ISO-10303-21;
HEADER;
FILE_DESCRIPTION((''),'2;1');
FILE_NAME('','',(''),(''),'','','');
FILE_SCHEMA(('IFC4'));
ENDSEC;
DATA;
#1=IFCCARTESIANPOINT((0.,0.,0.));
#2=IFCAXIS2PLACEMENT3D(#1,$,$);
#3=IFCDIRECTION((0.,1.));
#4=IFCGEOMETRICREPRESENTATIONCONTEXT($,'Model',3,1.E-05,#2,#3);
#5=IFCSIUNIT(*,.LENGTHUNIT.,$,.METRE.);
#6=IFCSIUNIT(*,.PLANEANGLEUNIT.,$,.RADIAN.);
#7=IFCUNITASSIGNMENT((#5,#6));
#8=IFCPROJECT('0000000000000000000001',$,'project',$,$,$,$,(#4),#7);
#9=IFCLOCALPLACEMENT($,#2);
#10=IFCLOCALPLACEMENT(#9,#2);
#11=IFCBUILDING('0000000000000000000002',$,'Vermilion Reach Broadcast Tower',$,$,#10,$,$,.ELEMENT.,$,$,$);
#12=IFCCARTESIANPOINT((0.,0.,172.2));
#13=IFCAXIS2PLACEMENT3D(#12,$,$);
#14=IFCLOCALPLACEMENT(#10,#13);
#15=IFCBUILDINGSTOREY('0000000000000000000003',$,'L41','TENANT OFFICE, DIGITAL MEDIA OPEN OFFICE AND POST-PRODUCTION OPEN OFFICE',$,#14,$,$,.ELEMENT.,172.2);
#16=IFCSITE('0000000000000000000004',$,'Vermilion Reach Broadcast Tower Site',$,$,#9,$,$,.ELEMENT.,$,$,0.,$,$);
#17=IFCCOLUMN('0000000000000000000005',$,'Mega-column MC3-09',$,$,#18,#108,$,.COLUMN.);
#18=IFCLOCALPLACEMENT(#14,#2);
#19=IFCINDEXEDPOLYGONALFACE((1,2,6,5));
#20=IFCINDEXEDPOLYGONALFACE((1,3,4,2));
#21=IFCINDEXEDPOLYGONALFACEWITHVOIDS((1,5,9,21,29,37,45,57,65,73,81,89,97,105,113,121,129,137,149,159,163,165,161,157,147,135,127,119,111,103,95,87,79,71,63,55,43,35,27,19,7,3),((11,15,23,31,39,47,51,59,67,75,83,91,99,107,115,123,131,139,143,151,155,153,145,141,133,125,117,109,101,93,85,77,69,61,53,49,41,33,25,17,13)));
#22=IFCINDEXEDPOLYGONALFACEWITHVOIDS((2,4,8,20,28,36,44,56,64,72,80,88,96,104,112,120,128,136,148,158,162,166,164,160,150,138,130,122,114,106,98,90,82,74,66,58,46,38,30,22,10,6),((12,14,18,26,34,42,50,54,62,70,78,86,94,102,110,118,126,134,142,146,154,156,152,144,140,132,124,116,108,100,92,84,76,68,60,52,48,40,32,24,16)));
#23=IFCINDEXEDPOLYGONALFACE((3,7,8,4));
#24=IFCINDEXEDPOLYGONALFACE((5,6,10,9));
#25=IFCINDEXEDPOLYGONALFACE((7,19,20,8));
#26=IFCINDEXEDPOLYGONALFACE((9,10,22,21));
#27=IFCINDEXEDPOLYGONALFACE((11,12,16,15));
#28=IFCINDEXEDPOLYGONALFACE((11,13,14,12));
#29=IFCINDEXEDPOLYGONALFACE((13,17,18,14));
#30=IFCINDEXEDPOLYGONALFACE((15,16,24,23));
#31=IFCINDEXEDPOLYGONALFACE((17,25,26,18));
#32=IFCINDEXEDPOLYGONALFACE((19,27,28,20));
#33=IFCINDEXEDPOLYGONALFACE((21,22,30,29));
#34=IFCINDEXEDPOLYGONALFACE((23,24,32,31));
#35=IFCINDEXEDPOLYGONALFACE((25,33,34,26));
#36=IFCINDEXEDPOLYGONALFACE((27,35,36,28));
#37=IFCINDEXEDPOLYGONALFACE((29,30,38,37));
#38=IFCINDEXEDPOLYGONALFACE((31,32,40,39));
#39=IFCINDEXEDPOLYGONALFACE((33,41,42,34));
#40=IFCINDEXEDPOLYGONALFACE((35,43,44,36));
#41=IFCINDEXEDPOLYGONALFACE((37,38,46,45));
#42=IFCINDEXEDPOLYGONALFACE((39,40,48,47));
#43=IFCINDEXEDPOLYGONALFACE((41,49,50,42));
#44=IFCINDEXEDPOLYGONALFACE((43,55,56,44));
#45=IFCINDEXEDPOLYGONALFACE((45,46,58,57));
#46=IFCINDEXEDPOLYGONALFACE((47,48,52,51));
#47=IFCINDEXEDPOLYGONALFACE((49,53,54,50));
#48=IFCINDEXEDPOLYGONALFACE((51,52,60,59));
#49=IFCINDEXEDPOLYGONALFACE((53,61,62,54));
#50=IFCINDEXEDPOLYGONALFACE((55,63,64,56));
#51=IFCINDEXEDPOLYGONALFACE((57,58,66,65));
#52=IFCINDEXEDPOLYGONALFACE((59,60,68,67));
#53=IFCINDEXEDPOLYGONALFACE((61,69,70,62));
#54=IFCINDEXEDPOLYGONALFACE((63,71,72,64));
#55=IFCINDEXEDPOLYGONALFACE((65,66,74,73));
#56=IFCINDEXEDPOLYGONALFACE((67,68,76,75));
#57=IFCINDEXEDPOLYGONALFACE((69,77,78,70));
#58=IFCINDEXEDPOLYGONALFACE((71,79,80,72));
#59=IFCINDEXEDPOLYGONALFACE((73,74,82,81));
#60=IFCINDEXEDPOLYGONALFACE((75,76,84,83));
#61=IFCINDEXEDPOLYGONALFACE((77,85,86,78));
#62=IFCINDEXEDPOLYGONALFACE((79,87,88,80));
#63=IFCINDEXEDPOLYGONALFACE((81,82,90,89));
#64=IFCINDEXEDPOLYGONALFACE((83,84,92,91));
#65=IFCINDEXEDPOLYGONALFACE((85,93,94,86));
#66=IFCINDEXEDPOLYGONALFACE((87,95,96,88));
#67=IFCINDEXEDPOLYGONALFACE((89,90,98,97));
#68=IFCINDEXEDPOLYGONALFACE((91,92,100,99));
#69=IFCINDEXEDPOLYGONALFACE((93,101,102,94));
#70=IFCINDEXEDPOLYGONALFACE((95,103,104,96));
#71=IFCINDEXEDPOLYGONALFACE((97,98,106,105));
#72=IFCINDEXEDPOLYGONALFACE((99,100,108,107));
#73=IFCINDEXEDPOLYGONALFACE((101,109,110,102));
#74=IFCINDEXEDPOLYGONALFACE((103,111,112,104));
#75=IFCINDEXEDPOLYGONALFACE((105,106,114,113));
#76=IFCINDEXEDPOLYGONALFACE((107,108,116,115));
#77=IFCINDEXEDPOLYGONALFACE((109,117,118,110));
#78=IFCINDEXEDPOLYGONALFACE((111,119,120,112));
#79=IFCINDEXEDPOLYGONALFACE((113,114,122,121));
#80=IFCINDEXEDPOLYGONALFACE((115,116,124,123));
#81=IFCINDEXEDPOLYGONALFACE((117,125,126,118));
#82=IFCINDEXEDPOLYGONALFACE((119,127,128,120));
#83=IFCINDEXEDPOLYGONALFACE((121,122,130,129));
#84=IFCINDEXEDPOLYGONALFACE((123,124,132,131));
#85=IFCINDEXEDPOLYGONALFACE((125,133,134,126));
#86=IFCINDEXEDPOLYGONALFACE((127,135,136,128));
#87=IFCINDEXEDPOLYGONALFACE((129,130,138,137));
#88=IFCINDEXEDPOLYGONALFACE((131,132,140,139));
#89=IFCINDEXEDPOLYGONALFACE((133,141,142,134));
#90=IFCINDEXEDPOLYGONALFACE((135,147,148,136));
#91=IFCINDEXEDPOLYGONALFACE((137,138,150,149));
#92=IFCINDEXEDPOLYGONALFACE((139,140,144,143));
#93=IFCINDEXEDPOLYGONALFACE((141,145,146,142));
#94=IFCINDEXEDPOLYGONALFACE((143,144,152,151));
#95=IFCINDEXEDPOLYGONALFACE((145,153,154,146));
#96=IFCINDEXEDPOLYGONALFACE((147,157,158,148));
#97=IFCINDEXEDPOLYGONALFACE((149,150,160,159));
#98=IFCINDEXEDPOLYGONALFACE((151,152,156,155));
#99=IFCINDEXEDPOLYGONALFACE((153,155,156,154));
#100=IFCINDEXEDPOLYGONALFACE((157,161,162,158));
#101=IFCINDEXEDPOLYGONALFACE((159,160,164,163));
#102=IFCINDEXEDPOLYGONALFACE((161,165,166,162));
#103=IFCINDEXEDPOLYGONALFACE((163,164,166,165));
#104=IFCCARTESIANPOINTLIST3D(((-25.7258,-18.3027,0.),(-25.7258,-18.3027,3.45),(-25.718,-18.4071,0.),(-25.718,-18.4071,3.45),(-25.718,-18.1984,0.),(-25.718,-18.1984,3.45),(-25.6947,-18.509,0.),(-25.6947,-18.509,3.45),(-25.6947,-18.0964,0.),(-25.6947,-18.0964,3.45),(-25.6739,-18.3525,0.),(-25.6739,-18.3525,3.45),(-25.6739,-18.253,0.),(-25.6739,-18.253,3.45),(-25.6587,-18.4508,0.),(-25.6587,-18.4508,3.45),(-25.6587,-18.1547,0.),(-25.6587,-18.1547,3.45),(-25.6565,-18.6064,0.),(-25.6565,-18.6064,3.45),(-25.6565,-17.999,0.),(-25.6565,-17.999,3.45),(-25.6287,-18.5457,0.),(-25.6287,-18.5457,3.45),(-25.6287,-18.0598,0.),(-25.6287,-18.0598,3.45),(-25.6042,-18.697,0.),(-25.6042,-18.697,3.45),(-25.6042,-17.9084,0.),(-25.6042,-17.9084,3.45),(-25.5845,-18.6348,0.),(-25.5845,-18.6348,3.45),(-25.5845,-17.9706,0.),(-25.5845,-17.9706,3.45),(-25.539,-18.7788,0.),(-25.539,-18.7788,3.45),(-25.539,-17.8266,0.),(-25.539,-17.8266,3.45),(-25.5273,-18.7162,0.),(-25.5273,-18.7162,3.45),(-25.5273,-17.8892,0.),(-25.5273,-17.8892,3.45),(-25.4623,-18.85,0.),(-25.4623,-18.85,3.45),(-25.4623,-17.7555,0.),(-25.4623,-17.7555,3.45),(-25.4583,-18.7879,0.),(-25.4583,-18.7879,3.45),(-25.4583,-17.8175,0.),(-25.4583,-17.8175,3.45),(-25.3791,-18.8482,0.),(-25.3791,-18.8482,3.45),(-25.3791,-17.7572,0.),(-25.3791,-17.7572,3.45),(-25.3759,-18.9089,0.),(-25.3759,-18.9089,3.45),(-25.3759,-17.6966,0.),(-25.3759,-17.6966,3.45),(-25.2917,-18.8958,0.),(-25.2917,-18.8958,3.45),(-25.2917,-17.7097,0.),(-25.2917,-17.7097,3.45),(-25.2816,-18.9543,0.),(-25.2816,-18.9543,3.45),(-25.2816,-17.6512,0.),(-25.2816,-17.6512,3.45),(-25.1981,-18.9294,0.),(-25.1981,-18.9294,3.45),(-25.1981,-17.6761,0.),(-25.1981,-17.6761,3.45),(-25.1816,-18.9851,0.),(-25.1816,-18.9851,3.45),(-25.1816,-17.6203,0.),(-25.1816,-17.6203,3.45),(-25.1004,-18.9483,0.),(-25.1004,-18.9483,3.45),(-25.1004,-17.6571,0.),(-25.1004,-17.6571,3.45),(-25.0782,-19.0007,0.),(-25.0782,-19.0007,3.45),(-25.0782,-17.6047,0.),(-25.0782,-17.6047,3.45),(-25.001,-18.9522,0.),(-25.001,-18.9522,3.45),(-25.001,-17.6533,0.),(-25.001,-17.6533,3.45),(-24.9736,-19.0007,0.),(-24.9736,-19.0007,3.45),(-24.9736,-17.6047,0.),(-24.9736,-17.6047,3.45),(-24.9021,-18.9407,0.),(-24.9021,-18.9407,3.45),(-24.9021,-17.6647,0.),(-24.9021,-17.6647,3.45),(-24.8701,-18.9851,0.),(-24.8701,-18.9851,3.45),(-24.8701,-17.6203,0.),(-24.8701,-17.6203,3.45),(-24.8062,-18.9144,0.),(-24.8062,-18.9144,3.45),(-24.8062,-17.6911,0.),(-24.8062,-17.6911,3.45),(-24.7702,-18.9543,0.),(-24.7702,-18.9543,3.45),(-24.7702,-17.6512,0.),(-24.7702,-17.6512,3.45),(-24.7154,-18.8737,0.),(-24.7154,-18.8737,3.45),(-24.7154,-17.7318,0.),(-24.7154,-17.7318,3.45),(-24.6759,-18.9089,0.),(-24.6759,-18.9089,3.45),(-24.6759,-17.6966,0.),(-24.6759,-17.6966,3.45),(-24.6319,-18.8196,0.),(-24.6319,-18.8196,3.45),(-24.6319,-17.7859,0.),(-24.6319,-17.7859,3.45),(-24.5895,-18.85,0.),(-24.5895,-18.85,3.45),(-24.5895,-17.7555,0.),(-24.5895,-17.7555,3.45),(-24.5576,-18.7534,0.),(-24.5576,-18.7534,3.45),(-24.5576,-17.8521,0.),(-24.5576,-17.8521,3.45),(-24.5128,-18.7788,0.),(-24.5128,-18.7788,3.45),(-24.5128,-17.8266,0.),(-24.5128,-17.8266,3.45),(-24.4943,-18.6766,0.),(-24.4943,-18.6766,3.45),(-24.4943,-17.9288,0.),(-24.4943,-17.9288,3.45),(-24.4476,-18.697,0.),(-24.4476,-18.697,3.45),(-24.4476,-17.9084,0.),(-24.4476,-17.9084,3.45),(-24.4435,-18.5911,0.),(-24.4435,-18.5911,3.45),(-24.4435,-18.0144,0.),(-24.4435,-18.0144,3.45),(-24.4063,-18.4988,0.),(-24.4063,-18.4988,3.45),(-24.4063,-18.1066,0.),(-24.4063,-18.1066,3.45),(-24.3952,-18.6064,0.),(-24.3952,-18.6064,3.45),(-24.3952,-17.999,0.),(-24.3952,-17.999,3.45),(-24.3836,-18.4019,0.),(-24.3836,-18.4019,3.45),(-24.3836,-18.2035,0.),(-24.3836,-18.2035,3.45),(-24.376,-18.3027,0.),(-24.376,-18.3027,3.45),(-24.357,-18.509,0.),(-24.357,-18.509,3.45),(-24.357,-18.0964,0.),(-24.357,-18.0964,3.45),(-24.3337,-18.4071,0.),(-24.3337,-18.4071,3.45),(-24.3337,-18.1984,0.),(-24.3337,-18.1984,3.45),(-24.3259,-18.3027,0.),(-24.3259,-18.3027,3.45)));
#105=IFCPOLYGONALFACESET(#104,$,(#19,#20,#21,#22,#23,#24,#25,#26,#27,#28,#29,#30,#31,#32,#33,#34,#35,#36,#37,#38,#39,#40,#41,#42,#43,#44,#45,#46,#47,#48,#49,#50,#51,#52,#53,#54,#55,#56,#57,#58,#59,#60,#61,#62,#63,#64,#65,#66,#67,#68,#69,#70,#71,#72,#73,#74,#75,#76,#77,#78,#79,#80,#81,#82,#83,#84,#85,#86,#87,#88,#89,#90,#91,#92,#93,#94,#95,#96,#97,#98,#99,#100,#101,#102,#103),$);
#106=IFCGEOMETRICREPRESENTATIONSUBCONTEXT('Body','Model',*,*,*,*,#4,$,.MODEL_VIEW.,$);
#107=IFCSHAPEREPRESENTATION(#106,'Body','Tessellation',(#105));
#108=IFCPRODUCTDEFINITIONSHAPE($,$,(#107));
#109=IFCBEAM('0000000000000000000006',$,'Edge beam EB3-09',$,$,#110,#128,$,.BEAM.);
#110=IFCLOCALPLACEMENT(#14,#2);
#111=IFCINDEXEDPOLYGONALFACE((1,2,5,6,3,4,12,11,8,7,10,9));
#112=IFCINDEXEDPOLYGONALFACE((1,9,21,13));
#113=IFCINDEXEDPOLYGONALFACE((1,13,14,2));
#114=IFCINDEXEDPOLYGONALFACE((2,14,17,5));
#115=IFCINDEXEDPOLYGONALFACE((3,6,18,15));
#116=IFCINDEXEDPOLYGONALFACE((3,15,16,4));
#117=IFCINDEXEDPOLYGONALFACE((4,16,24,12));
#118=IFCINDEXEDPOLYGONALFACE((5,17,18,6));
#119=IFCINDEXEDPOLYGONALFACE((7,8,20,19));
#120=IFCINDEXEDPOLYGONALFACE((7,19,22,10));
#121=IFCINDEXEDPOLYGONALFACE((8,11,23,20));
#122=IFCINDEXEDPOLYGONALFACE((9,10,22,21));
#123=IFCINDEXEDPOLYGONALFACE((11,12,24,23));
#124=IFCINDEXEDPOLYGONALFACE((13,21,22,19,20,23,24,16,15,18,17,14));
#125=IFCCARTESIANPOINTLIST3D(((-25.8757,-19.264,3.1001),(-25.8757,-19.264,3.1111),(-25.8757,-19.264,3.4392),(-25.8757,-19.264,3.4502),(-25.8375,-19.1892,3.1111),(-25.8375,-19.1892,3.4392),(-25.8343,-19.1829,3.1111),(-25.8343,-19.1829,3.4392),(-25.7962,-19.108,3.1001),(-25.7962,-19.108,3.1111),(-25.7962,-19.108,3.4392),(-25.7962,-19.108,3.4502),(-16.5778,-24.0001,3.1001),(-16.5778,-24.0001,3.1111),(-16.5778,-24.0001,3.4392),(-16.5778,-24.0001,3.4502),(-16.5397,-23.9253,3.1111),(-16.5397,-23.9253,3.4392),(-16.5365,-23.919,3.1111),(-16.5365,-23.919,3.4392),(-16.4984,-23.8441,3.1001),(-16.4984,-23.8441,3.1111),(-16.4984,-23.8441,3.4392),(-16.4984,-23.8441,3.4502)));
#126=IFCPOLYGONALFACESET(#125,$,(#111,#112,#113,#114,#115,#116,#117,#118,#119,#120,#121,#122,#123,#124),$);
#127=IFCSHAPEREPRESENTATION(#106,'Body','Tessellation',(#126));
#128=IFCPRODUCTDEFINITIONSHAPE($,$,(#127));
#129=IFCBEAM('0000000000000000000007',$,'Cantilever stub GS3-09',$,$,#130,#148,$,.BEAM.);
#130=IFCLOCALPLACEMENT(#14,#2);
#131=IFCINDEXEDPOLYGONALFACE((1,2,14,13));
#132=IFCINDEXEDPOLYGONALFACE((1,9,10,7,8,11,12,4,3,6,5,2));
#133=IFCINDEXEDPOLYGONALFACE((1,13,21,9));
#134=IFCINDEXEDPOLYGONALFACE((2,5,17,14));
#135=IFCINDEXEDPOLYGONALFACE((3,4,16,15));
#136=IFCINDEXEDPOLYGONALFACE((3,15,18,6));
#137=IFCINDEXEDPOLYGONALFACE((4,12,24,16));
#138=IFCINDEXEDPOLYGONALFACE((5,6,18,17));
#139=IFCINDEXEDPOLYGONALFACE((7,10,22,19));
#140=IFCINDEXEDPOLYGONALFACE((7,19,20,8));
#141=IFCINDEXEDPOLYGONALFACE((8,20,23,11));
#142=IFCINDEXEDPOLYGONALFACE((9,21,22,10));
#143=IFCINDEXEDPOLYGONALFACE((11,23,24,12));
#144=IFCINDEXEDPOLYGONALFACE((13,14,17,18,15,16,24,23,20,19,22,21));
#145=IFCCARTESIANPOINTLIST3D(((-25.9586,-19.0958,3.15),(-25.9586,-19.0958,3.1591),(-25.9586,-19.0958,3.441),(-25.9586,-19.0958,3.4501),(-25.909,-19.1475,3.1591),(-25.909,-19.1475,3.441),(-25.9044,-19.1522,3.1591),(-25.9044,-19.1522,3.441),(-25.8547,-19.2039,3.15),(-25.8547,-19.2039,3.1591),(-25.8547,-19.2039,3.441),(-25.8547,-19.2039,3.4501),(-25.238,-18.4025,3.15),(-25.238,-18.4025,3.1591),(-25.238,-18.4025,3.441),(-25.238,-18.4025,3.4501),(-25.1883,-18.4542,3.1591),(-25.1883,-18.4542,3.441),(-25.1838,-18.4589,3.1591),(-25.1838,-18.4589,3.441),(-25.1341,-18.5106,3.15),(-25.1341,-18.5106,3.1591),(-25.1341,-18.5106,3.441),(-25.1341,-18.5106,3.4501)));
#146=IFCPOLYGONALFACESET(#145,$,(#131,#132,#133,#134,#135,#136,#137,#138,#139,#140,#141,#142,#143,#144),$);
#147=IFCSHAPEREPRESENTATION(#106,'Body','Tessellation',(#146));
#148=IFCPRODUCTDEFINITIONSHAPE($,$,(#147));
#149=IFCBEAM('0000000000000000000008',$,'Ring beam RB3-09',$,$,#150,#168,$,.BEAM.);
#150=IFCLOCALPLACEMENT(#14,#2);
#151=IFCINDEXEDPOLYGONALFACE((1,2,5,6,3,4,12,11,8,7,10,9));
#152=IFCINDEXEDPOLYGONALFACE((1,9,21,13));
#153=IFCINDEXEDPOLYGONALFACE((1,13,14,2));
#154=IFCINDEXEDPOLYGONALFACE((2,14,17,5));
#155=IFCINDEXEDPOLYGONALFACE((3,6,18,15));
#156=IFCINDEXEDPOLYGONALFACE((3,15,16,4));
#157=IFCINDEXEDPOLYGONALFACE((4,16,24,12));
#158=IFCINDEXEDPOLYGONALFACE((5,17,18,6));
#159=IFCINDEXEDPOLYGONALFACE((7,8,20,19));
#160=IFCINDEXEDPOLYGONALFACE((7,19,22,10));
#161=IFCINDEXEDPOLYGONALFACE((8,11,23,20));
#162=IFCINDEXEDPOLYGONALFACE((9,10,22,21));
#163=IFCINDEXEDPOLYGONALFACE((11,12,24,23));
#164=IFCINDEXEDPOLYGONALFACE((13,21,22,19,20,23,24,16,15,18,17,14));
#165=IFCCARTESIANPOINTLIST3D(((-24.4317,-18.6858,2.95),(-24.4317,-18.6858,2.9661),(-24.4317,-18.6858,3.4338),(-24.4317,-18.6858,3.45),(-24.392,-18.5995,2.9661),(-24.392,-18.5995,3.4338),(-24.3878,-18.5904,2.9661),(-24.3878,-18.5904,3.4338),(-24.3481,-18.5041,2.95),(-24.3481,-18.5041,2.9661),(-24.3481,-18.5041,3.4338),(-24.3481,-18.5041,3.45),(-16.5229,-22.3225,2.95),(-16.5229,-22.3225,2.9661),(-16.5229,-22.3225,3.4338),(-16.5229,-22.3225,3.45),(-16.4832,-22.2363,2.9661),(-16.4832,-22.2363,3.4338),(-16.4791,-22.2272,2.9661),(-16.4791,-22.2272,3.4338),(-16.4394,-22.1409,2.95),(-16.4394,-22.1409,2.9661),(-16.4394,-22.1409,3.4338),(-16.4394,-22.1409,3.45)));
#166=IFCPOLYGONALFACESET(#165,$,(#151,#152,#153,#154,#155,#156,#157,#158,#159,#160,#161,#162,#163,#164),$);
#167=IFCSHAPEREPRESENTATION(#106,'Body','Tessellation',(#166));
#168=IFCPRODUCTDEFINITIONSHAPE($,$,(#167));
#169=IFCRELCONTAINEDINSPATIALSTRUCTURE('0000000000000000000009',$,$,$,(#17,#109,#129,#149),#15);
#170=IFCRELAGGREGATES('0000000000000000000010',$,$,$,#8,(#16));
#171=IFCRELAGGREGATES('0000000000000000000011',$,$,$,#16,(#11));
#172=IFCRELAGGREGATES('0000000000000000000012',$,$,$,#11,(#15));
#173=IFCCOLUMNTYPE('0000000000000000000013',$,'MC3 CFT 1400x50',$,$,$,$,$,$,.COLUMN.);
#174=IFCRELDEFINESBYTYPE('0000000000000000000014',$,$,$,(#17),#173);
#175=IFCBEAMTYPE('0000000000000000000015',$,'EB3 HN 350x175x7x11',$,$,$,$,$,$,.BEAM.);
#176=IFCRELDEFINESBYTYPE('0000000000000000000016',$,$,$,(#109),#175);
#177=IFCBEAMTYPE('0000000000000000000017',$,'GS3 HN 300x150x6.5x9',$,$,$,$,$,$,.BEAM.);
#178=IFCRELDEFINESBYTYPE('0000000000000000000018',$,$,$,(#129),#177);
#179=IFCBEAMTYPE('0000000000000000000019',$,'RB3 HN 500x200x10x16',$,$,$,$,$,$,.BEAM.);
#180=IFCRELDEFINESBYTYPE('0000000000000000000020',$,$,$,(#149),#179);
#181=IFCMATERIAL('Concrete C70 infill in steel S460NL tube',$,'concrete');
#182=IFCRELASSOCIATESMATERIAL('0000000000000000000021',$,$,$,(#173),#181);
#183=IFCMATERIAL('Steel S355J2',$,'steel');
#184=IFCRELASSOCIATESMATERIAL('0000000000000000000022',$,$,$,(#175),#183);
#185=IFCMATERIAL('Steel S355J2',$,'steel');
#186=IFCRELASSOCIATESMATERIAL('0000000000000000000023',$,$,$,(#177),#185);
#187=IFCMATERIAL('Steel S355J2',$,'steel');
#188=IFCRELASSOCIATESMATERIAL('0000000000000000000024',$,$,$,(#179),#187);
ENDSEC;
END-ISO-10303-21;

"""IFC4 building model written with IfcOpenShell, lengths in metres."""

from ifc_helpers import new_model, si_unit, direction, frame, origin, origin_2d, place, context, subcontext, project, spatial, hollow_circle, i_section, extrude, material, material_profile, profile_set, type_object, element, save


model = new_model("IFC4")

# Units and contexts
model_context = context("Model", 3, precision=1e-05, world=origin(), true_north=direction((0.0, 1.0)))
body_context = subcontext(model_context, "Body", "Model", "MODEL_VIEW")
ifc_project = project(units=[si_unit("LENGTHUNIT", "METRE"), si_unit("PLANEANGLEUNIT", "RADIAN")], contexts=[model_context])

# Site, building, storey
site_placement = place(None, origin())
site = spatial("IfcSite", under=ifc_project, at=site_placement, Name="Vermilion Reach Broadcast Tower Site", CompositionType="ELEMENT", RefElevation=0.0)
building_placement = place(site_placement, origin())
building = spatial("IfcBuilding", under=site, at=building_placement, Name="Vermilion Reach Broadcast Tower", CompositionType="ELEMENT")
storey_placement = place(building_placement, frame((0.0, 0.0, 172.2)))
storey = spatial("IfcBuildingStorey", under=building, at=storey_placement, Name="L41", Description="TENANT OFFICE, DIGITAL MEDIA OPEN OFFICE AND POST-PRODUCTION OPEN OFFICE", CompositionType="ELEMENT", Elevation=172.2)

# Column
ifc_material_1 = material(Name="Concrete C70 infill in steel S460NL tube", Category="concrete")
ifc_material_profile_1 = material_profile(ifc_material_1, hollow_circle(Radius=0.7, WallThickness=0.05, at=origin_2d()), Name="Concrete C70 infill in steel S460NL tube CFT 1400x50")
ifc_profile_set_1 = profile_set([ifc_material_profile_1], Name="Concrete C70 infill in steel S460NL tube")
column_type = type_object("IfcColumnType", Name="MC3 CFT 1400x50", PredefinedType="COLUMN", material=ifc_profile_set_1)
column_placement = place(storey_placement, frame((-25.0259, -18.3027, 0.0), z_axis=(0.0, 0.0, 1.0), x_axis=(1.0, 0.0, 0.0)))
element("IfcColumn", 1, at=column_placement, inside=storey, type_object=column_type, Name="Mega-column MC3-09", PredefinedType="COLUMN", context=body_context, shape_type="SweptSolid", body=[
    extrude(hollow_circle(Radius=0.7, WallThickness=0.05, at=origin_2d()), origin(), (0.0, 0.0, 1.0), 3.45),
])

# Beams
ifc_material_2 = material(Name="Steel S355J2", Category="steel")
ifc_material_profile_2 = material_profile(ifc_material_2, i_section(OverallWidth=0.175, OverallDepth=0.3501, WebThickness=0.0071, FlangeThickness=0.011, at=origin_2d()), Name="S355J2 HN 350x175x7x11")
ifc_profile_set_2 = profile_set([ifc_material_profile_2], Name="Steel S355J2")
beam_type_1 = type_object("IfcBeamType", Name="EB3 HN 350x175x7x11", PredefinedType="BEAM", material=ifc_profile_set_2)
beam_1_placement = place(storey_placement, frame((-25.8359, -19.186, 3.2751), z_axis=(0.891061, -0.453883, 0.0), x_axis=(0.453883, 0.891061, 0.0)))
element("IfcBeam", 2, at=beam_1_placement, inside=storey, type_object=beam_type_1, Name="Edge beam EB3-09", PredefinedType="BEAM", context=body_context, shape_type="SweptSolid", body=[
    extrude(i_section(OverallWidth=0.175, OverallDepth=0.3501, WebThickness=0.0071, FlangeThickness=0.011, at=origin_2d()), origin(), (0.0, 0.0, 1.0), 10.4346),
])
ifc_material_3 = material(Name="Steel S355J2", Category="steel")
ifc_material_profile_3 = material_profile(ifc_material_3, i_section(OverallWidth=0.1499, OverallDepth=0.3, WebThickness=0.0066, FlangeThickness=0.009, at=origin_2d()), Name="S355J2 HN 300x150x6.5x9")
ifc_profile_set_3 = profile_set([ifc_material_profile_3], Name="Steel S355J2")
beam_type_2 = type_object("IfcBeamType", Name="GS3 HN 300x150x6.5x9", PredefinedType="BEAM", material=ifc_profile_set_3)
beam_2_placement = place(storey_placement, frame((-25.186, -18.4565, 3.3), z_axis=(-0.720645, -0.693304, 0.0), x_axis=(0.693304, -0.720645, 0.0)))
element("IfcBeam", 3, at=beam_2_placement, inside=storey, type_object=beam_type_2, Name="Cantilever stub GS3-09", PredefinedType="BEAM", context=body_context, shape_type="SweptSolid", body=[
    extrude(i_section(OverallWidth=0.1499, OverallDepth=0.3, WebThickness=0.0066, FlangeThickness=0.009, at=origin_2d()), origin(), (0.0, 0.0, 1.0), 1.0),
])
ifc_material_4 = material(Name="Steel S355J2", Category="steel")
ifc_material_profile_4 = material_profile(ifc_material_4, i_section(OverallWidth=0.2, OverallDepth=0.5, WebThickness=0.01, FlangeThickness=0.0161, at=origin_2d()), Name="S355J2 HN 500x200x10x16")
ifc_profile_set_4 = profile_set([ifc_material_profile_4], Name="Steel S355J2")
beam_type_3 = type_object("IfcBeamType", Name="RB3 HN 500x200x10x16", PredefinedType="BEAM", material=ifc_profile_set_4)
beam_3_placement = place(storey_placement, frame((-24.3899, -18.595, 3.2), z_axis=(0.908546, -0.417784, 0.0), x_axis=(0.417784, 0.908546, 0.0)))
element("IfcBeam", 4, at=beam_3_placement, inside=storey, type_object=beam_type_3, Name="Ring beam RB3-09", PredefinedType="BEAM", context=body_context, shape_type="SweptSolid", body=[
    extrude(i_section(OverallWidth=0.2, OverallDepth=0.5, WebThickness=0.01, FlangeThickness=0.0161, at=origin_2d()), origin(), (0.0, 0.0, 1.0), 8.7048),
])

save(model, "model.ifc")
